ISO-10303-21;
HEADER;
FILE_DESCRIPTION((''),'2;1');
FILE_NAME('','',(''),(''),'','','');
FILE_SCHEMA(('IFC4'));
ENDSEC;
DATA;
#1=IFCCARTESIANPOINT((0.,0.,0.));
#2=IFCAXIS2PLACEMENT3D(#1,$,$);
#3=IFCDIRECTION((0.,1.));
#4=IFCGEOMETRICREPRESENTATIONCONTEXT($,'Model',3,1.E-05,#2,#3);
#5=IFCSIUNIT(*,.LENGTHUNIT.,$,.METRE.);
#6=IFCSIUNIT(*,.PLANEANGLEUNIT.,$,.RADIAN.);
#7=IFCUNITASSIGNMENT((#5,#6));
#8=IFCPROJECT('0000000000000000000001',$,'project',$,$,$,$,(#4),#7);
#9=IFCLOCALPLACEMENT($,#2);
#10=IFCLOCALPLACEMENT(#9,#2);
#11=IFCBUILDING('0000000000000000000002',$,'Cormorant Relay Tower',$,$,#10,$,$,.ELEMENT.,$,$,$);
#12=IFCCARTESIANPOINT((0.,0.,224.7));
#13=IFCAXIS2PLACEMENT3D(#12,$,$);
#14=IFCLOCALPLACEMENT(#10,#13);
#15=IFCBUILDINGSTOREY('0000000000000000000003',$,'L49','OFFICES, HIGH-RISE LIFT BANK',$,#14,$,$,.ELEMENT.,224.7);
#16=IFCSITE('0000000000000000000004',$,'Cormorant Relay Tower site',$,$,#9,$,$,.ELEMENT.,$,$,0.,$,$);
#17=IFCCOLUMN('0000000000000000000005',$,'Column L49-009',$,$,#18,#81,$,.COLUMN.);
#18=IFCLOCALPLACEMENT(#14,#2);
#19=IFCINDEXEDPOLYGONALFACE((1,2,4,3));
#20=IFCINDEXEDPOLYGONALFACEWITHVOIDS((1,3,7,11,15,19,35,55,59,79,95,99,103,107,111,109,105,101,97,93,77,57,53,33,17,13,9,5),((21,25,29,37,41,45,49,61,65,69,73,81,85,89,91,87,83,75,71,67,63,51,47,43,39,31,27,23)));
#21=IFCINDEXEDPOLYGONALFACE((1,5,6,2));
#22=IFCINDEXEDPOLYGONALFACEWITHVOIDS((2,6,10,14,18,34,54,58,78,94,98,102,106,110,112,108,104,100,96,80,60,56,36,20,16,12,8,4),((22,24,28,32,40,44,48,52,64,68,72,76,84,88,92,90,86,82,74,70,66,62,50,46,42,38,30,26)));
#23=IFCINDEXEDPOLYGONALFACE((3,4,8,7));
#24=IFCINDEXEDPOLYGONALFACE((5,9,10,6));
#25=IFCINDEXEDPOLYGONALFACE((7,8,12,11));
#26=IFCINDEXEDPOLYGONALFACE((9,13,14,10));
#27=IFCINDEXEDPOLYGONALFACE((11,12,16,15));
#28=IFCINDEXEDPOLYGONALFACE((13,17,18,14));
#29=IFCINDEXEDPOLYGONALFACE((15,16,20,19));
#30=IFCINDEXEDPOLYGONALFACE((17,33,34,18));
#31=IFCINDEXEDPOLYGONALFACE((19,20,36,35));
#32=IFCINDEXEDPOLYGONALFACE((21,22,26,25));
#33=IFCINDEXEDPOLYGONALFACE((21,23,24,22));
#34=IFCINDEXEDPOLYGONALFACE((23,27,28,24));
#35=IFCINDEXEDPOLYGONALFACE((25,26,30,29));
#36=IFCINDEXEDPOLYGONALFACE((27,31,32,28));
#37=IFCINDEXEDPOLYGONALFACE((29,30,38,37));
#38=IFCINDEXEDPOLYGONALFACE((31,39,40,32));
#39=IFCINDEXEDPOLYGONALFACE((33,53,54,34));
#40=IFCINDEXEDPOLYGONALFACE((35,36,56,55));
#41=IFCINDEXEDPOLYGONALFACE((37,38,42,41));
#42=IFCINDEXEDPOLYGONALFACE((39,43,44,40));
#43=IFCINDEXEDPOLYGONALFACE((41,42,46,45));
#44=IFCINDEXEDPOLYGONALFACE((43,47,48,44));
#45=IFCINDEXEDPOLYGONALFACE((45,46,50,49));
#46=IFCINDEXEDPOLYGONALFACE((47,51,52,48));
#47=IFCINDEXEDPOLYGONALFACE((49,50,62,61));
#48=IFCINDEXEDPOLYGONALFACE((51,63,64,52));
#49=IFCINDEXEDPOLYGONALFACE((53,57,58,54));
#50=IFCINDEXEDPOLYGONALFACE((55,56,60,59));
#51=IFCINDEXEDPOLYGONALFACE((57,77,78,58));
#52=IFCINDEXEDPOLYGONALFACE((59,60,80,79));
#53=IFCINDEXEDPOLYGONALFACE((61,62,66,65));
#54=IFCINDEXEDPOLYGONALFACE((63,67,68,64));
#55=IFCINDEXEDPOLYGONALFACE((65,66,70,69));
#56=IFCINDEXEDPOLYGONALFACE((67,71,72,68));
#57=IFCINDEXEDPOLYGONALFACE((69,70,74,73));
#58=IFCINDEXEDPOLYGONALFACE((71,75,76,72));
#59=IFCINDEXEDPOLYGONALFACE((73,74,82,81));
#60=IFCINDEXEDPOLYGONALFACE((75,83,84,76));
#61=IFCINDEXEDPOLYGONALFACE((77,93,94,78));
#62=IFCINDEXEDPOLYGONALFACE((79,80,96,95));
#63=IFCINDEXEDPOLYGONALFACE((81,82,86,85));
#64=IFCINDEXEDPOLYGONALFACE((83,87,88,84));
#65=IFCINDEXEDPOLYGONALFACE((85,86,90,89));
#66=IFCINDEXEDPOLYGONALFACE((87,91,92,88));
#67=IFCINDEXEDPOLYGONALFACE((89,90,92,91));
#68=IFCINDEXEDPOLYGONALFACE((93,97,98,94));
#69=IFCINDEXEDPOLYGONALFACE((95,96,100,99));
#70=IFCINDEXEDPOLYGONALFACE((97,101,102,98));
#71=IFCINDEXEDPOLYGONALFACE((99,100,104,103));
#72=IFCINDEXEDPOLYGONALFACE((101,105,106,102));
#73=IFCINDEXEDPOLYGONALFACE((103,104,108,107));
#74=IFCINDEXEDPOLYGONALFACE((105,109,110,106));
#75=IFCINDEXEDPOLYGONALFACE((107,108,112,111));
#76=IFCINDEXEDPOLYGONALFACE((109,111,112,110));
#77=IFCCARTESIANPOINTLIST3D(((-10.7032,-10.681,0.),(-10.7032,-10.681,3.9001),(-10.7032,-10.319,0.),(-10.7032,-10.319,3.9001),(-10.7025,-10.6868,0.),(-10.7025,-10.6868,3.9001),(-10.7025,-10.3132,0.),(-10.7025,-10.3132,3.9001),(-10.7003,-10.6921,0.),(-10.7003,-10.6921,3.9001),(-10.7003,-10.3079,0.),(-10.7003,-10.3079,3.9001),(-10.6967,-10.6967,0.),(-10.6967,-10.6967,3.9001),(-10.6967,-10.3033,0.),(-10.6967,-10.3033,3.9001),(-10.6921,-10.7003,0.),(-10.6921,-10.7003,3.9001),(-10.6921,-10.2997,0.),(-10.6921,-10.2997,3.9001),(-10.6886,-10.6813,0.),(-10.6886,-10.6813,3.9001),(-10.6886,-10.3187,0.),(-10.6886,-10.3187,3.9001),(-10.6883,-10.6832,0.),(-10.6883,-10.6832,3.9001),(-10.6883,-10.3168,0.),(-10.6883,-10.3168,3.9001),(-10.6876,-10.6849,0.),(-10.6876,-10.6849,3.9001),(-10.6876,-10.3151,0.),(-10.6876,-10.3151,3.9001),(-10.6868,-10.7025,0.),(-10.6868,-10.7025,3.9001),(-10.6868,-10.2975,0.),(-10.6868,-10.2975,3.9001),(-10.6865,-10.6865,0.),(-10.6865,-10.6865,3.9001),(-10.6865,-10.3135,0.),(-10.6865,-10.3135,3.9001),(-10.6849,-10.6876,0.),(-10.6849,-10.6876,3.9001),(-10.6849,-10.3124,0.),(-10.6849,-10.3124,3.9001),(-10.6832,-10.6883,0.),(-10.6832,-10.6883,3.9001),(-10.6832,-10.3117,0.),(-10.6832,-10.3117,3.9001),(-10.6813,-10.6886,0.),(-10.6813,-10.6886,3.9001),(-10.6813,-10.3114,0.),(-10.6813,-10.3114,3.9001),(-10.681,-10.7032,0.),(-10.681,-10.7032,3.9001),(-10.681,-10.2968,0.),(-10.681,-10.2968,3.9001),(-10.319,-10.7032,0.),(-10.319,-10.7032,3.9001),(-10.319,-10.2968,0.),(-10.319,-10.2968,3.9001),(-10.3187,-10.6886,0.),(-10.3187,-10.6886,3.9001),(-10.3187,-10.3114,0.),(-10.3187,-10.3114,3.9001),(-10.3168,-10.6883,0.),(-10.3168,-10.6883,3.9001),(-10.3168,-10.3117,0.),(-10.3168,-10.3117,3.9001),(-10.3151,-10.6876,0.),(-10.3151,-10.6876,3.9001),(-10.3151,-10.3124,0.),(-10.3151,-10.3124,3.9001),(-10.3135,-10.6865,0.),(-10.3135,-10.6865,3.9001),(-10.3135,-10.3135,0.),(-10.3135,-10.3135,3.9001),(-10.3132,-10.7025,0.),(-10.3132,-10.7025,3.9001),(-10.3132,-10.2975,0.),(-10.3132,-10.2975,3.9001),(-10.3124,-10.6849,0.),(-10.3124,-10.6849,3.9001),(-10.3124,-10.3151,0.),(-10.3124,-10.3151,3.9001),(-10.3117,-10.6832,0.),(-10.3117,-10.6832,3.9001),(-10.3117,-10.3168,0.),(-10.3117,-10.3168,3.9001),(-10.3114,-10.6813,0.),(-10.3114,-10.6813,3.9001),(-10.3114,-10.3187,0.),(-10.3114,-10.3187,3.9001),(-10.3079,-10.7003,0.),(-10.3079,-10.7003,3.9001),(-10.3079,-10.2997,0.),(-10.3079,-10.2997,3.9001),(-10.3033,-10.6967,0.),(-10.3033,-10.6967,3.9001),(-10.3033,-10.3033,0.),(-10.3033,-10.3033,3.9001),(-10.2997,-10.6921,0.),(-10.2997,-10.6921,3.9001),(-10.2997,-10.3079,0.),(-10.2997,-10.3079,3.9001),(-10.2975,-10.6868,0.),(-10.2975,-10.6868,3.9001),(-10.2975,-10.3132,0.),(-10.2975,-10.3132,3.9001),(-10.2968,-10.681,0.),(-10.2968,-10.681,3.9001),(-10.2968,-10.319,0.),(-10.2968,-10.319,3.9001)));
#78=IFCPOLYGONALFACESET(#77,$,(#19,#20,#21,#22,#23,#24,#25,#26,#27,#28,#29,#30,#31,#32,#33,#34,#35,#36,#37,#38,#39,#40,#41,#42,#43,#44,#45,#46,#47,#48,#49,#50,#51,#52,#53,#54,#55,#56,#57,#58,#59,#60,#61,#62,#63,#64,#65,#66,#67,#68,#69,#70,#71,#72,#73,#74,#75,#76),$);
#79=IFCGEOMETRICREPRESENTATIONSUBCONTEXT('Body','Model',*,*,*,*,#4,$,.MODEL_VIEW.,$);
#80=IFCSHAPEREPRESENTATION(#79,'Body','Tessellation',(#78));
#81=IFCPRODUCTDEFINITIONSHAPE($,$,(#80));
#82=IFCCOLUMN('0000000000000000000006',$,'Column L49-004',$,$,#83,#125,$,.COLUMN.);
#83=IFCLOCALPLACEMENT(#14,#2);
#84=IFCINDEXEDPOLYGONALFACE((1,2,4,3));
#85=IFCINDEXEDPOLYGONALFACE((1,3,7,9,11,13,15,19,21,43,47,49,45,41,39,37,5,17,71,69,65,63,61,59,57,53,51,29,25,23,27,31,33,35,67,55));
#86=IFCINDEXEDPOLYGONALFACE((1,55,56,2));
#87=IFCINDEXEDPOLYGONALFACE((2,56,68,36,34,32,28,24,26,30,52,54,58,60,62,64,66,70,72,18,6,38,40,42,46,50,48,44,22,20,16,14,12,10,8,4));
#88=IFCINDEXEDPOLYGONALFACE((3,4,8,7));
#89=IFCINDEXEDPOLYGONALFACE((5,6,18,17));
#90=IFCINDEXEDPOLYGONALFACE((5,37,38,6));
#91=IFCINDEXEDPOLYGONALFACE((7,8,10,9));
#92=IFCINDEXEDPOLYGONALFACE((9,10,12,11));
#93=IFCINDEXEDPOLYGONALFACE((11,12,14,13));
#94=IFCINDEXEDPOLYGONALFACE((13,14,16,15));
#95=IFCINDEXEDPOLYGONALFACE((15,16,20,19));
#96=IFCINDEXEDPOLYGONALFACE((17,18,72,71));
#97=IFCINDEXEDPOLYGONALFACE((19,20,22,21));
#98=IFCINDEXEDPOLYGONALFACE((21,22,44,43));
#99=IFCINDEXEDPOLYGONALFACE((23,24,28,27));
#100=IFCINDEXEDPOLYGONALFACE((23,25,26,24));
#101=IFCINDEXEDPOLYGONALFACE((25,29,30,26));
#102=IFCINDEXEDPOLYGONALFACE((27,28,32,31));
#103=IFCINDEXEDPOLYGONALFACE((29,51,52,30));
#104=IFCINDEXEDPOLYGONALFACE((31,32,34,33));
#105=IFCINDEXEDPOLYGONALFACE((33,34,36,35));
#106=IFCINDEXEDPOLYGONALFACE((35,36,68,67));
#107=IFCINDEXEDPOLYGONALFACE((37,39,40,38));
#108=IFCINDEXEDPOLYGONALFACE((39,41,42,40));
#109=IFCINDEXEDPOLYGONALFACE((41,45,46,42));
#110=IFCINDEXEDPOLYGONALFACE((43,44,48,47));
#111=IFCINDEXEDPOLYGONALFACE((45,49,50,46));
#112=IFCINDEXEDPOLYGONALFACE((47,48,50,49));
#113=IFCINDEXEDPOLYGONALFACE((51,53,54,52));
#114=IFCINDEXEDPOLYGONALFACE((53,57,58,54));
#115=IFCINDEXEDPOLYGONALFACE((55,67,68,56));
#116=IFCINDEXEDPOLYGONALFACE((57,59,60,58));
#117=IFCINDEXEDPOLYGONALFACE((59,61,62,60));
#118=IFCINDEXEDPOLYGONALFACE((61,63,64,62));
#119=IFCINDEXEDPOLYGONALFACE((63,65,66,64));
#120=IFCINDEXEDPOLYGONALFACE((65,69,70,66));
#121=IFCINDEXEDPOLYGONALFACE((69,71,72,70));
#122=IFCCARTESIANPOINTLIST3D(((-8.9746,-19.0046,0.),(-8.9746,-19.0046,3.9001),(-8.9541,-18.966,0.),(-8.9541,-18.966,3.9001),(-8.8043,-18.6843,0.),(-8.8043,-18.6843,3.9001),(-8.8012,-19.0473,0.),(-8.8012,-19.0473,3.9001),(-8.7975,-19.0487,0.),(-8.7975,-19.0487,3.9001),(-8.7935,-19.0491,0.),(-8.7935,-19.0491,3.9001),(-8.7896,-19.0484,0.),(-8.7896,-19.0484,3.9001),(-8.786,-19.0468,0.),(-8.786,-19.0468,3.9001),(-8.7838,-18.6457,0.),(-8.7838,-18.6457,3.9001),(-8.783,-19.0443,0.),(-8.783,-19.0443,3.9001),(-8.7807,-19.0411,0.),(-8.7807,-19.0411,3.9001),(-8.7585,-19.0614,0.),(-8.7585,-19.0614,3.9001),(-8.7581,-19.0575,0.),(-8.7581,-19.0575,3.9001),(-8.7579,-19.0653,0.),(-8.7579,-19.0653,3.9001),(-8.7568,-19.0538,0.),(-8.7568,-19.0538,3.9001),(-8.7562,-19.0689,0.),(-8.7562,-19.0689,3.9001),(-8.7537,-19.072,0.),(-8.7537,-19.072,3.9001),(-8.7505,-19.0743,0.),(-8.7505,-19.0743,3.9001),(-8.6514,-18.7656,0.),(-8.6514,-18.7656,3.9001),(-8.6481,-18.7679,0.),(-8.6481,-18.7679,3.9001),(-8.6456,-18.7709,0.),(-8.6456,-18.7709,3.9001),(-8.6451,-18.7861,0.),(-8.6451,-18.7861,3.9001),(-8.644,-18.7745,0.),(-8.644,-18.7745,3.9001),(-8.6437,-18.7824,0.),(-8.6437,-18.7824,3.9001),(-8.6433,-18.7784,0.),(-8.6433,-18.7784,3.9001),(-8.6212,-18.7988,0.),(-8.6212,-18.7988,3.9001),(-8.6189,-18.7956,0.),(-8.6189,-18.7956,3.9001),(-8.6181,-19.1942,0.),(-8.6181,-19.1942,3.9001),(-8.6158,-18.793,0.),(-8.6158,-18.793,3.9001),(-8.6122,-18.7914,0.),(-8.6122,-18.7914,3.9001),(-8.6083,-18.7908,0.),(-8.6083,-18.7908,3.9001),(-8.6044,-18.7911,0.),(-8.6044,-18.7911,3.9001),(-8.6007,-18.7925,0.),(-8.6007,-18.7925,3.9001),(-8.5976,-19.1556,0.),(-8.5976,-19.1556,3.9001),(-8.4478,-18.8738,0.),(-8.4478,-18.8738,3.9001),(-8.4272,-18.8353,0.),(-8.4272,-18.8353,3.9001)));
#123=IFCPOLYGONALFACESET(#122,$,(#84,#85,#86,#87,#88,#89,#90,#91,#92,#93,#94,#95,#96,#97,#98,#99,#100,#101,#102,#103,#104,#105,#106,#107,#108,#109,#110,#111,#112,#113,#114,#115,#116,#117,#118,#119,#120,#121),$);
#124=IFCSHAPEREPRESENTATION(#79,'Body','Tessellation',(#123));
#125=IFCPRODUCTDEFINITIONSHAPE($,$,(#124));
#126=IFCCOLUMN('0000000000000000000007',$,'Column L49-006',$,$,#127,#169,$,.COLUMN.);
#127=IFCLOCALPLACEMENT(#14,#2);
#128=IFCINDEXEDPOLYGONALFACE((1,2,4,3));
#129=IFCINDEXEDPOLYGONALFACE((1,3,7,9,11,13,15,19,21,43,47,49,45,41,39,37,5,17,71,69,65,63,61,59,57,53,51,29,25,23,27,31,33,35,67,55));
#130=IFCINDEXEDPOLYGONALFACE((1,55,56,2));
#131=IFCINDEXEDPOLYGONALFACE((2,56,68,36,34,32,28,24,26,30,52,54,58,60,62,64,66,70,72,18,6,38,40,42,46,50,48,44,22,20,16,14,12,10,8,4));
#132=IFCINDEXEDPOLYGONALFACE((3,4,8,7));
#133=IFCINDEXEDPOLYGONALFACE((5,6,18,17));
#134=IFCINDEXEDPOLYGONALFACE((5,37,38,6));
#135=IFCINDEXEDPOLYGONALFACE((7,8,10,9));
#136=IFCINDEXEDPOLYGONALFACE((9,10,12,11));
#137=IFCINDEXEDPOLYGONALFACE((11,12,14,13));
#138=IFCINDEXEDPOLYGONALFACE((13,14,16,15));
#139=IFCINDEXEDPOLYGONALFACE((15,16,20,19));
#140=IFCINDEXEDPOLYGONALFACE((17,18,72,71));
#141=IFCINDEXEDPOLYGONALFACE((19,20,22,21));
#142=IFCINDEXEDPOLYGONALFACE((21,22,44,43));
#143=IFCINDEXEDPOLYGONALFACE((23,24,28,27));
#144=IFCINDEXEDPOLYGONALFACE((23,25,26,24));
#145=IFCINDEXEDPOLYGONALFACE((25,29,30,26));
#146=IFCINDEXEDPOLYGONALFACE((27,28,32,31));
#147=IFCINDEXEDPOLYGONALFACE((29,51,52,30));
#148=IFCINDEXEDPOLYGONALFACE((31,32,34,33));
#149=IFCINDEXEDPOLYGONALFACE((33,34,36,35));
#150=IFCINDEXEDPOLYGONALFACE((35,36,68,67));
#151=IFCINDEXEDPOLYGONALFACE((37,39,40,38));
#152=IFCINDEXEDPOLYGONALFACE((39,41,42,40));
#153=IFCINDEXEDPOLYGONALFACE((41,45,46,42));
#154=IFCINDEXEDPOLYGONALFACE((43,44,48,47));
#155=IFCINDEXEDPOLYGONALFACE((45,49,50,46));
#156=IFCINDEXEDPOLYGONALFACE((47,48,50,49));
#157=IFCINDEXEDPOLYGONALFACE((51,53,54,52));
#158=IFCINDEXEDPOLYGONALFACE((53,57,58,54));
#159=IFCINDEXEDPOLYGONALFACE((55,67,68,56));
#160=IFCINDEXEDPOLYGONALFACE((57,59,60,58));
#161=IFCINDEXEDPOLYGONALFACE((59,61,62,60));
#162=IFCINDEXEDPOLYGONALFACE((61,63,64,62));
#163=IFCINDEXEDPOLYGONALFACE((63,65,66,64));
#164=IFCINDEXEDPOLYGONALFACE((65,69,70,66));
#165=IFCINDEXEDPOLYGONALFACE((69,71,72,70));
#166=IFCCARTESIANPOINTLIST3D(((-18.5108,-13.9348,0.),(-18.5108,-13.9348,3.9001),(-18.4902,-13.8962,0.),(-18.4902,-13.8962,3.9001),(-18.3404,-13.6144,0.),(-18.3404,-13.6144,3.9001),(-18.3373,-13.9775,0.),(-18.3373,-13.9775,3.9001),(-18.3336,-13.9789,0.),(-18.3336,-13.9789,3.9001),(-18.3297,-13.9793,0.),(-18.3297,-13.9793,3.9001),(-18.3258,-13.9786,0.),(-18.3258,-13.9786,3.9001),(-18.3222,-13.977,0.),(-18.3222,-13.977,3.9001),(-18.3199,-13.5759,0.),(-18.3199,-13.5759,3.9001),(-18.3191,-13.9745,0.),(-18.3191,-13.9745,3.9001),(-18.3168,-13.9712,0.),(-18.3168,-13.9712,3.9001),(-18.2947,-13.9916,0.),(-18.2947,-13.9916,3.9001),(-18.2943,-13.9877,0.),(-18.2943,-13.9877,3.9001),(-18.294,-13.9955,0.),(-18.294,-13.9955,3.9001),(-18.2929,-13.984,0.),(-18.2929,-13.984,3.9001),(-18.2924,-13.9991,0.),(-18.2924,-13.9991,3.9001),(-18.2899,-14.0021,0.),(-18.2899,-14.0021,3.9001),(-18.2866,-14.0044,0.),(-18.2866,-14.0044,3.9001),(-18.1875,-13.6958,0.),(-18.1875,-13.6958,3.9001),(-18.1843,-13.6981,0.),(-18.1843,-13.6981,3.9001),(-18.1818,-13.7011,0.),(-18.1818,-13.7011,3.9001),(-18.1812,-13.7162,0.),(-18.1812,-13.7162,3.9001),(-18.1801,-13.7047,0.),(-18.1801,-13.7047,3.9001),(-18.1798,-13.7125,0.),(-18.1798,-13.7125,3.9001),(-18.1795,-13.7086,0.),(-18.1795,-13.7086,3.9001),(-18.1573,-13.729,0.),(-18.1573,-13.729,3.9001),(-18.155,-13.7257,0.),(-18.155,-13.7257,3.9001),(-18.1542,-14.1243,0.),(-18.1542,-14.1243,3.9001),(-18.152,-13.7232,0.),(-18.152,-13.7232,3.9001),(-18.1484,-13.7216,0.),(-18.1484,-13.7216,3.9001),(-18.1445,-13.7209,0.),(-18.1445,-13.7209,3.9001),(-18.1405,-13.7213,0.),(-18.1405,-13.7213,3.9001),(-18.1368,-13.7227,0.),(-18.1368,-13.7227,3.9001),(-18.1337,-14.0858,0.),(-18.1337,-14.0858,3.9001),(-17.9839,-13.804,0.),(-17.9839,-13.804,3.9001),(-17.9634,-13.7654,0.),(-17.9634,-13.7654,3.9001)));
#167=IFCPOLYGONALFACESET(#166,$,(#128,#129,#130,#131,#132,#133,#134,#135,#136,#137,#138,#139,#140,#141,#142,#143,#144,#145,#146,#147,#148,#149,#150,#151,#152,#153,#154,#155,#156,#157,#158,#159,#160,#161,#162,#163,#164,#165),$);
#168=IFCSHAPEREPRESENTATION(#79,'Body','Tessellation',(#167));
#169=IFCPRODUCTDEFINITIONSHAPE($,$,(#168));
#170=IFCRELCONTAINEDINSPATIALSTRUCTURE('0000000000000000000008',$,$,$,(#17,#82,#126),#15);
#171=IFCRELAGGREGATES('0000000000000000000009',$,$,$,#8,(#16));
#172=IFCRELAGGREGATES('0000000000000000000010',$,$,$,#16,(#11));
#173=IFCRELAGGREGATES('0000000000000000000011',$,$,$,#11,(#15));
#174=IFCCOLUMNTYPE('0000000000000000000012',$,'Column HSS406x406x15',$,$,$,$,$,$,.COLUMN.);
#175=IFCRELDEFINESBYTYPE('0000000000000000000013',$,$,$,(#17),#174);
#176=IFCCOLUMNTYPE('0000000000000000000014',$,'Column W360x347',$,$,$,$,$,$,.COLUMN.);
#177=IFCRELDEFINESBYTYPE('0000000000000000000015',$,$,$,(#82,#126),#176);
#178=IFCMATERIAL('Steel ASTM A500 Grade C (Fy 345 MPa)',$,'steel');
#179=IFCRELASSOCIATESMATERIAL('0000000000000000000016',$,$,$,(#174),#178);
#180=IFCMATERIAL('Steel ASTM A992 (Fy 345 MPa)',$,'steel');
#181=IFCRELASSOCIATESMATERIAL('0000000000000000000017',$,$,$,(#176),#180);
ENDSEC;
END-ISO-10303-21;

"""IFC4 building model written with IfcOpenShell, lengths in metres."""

from ifc_helpers import new_model, si_unit, direction, frame, origin, origin_2d, place, context, subcontext, project, spatial, hollow_rectangle, i_section, extrude, material, material_profile, profile_set, type_object, element, save


model = new_model("IFC4")

# Units and contexts
model_context = context("Model", 3, precision=1e-05, world=origin(), true_north=direction((0.0, 1.0)))
body_context = subcontext(model_context, "Body", "Model", "MODEL_VIEW")
ifc_project = project(units=[si_unit("LENGTHUNIT", "METRE"), si_unit("PLANEANGLEUNIT", "RADIAN")], contexts=[model_context])

# Site, building, storey
site_placement = place(None, origin())
site = spatial("IfcSite", under=ifc_project, at=site_placement, Name="Cormorant Relay Tower site", CompositionType="ELEMENT", RefElevation=0.0)
building_placement = place(site_placement, origin())
building = spatial("IfcBuilding", under=site, at=building_placement, Name="Cormorant Relay Tower", CompositionType="ELEMENT")
storey_placement = place(building_placement, frame((0.0, 0.0, 224.7)))
storey = spatial("IfcBuildingStorey", under=building, at=storey_placement, Name="L49", Description="OFFICES, HIGH-RISE LIFT BANK", CompositionType="ELEMENT", Elevation=224.7)

# Columns
ifc_material_1 = material(Name="Steel ASTM A500 Grade C (Fy 345 MPa)", Category="steel")
ifc_material_profile_1 = material_profile(ifc_material_1, hollow_rectangle(XDim=0.4065, YDim=0.4065, WallThickness=0.0146, InnerFilletRadius=0.0073, OuterFilletRadius=0.0222, at=origin_2d()), Name="HSS406x406x15")
ifc_profile_set_1 = profile_set([ifc_material_profile_1], Name="Steel ASTM A500 Grade C (Fy 345 MPa)")
column_type_1 = type_object("IfcColumnType", Name="Column HSS406x406x15", PredefinedType="COLUMN", material=ifc_profile_set_1)
column_placement = place(storey_placement, frame((-10.5, -10.5, 0.0), z_axis=(0.0, 0.0, 1.0), x_axis=(1.0, 0.0, 0.0)))
element("IfcColumn", 1, at=column_placement, inside=storey, type_object=column_type_1, Name="Column L49-009", PredefinedType="COLUMN", context=body_context, shape_type="SweptSolid", body=[
    extrude(hollow_rectangle(XDim=0.4065, YDim=0.4065, WallThickness=0.0146, InnerFilletRadius=0.0073, OuterFilletRadius=0.0222, at=origin_2d()), origin(), (0.0, 0.0, 1.0), 3.9001),
])
ifc_material_2 = material(Name="Steel ASTM A992 (Fy 345 MPa)", Category="steel")
ifc_material_profile_2 = material_profile(ifc_material_2, i_section(OverallWidth=0.4038, OverallDepth=0.4065, WebThickness=0.0271, FlangeThickness=0.0437, FilletRadius=0.0151, at=origin_2d()), Name="W360x347")
ifc_profile_set_2 = profile_set([ifc_material_profile_2], Name="Steel ASTM A992 (Fy 345 MPa)")
column_type_2 = type_object("IfcColumnType", Name="Column W360x347", PredefinedType="COLUMN", material=ifc_profile_set_2)
for number, where, z_axis, x_axis, name in (
    (2, (-8.7009, -18.9199, 0.0), (0.0, 0.0, 1.0), (0.882948, -0.469472, 0.0), "Column L49-004"),
    (3, (-18.2371, -13.8501, 0.0), (0.0, 0.0, 1.0), (0.882948, -0.469472, 0.0), "Column L49-006"),
):
    element("IfcColumn", number, at=place(storey_placement, frame(where, z_axis=z_axis, x_axis=x_axis)), inside=storey, type_object=column_type_2, Name=name, PredefinedType="COLUMN", context=body_context, shape_type="SweptSolid", body=[
        extrude(i_section(OverallWidth=0.4038, OverallDepth=0.4065, WebThickness=0.0271, FlangeThickness=0.0437, FilletRadius=0.0151, at=origin_2d()), origin(), (0.0, 0.0, 1.0), 3.9001),
    ])

save(model, "model.ifc")
